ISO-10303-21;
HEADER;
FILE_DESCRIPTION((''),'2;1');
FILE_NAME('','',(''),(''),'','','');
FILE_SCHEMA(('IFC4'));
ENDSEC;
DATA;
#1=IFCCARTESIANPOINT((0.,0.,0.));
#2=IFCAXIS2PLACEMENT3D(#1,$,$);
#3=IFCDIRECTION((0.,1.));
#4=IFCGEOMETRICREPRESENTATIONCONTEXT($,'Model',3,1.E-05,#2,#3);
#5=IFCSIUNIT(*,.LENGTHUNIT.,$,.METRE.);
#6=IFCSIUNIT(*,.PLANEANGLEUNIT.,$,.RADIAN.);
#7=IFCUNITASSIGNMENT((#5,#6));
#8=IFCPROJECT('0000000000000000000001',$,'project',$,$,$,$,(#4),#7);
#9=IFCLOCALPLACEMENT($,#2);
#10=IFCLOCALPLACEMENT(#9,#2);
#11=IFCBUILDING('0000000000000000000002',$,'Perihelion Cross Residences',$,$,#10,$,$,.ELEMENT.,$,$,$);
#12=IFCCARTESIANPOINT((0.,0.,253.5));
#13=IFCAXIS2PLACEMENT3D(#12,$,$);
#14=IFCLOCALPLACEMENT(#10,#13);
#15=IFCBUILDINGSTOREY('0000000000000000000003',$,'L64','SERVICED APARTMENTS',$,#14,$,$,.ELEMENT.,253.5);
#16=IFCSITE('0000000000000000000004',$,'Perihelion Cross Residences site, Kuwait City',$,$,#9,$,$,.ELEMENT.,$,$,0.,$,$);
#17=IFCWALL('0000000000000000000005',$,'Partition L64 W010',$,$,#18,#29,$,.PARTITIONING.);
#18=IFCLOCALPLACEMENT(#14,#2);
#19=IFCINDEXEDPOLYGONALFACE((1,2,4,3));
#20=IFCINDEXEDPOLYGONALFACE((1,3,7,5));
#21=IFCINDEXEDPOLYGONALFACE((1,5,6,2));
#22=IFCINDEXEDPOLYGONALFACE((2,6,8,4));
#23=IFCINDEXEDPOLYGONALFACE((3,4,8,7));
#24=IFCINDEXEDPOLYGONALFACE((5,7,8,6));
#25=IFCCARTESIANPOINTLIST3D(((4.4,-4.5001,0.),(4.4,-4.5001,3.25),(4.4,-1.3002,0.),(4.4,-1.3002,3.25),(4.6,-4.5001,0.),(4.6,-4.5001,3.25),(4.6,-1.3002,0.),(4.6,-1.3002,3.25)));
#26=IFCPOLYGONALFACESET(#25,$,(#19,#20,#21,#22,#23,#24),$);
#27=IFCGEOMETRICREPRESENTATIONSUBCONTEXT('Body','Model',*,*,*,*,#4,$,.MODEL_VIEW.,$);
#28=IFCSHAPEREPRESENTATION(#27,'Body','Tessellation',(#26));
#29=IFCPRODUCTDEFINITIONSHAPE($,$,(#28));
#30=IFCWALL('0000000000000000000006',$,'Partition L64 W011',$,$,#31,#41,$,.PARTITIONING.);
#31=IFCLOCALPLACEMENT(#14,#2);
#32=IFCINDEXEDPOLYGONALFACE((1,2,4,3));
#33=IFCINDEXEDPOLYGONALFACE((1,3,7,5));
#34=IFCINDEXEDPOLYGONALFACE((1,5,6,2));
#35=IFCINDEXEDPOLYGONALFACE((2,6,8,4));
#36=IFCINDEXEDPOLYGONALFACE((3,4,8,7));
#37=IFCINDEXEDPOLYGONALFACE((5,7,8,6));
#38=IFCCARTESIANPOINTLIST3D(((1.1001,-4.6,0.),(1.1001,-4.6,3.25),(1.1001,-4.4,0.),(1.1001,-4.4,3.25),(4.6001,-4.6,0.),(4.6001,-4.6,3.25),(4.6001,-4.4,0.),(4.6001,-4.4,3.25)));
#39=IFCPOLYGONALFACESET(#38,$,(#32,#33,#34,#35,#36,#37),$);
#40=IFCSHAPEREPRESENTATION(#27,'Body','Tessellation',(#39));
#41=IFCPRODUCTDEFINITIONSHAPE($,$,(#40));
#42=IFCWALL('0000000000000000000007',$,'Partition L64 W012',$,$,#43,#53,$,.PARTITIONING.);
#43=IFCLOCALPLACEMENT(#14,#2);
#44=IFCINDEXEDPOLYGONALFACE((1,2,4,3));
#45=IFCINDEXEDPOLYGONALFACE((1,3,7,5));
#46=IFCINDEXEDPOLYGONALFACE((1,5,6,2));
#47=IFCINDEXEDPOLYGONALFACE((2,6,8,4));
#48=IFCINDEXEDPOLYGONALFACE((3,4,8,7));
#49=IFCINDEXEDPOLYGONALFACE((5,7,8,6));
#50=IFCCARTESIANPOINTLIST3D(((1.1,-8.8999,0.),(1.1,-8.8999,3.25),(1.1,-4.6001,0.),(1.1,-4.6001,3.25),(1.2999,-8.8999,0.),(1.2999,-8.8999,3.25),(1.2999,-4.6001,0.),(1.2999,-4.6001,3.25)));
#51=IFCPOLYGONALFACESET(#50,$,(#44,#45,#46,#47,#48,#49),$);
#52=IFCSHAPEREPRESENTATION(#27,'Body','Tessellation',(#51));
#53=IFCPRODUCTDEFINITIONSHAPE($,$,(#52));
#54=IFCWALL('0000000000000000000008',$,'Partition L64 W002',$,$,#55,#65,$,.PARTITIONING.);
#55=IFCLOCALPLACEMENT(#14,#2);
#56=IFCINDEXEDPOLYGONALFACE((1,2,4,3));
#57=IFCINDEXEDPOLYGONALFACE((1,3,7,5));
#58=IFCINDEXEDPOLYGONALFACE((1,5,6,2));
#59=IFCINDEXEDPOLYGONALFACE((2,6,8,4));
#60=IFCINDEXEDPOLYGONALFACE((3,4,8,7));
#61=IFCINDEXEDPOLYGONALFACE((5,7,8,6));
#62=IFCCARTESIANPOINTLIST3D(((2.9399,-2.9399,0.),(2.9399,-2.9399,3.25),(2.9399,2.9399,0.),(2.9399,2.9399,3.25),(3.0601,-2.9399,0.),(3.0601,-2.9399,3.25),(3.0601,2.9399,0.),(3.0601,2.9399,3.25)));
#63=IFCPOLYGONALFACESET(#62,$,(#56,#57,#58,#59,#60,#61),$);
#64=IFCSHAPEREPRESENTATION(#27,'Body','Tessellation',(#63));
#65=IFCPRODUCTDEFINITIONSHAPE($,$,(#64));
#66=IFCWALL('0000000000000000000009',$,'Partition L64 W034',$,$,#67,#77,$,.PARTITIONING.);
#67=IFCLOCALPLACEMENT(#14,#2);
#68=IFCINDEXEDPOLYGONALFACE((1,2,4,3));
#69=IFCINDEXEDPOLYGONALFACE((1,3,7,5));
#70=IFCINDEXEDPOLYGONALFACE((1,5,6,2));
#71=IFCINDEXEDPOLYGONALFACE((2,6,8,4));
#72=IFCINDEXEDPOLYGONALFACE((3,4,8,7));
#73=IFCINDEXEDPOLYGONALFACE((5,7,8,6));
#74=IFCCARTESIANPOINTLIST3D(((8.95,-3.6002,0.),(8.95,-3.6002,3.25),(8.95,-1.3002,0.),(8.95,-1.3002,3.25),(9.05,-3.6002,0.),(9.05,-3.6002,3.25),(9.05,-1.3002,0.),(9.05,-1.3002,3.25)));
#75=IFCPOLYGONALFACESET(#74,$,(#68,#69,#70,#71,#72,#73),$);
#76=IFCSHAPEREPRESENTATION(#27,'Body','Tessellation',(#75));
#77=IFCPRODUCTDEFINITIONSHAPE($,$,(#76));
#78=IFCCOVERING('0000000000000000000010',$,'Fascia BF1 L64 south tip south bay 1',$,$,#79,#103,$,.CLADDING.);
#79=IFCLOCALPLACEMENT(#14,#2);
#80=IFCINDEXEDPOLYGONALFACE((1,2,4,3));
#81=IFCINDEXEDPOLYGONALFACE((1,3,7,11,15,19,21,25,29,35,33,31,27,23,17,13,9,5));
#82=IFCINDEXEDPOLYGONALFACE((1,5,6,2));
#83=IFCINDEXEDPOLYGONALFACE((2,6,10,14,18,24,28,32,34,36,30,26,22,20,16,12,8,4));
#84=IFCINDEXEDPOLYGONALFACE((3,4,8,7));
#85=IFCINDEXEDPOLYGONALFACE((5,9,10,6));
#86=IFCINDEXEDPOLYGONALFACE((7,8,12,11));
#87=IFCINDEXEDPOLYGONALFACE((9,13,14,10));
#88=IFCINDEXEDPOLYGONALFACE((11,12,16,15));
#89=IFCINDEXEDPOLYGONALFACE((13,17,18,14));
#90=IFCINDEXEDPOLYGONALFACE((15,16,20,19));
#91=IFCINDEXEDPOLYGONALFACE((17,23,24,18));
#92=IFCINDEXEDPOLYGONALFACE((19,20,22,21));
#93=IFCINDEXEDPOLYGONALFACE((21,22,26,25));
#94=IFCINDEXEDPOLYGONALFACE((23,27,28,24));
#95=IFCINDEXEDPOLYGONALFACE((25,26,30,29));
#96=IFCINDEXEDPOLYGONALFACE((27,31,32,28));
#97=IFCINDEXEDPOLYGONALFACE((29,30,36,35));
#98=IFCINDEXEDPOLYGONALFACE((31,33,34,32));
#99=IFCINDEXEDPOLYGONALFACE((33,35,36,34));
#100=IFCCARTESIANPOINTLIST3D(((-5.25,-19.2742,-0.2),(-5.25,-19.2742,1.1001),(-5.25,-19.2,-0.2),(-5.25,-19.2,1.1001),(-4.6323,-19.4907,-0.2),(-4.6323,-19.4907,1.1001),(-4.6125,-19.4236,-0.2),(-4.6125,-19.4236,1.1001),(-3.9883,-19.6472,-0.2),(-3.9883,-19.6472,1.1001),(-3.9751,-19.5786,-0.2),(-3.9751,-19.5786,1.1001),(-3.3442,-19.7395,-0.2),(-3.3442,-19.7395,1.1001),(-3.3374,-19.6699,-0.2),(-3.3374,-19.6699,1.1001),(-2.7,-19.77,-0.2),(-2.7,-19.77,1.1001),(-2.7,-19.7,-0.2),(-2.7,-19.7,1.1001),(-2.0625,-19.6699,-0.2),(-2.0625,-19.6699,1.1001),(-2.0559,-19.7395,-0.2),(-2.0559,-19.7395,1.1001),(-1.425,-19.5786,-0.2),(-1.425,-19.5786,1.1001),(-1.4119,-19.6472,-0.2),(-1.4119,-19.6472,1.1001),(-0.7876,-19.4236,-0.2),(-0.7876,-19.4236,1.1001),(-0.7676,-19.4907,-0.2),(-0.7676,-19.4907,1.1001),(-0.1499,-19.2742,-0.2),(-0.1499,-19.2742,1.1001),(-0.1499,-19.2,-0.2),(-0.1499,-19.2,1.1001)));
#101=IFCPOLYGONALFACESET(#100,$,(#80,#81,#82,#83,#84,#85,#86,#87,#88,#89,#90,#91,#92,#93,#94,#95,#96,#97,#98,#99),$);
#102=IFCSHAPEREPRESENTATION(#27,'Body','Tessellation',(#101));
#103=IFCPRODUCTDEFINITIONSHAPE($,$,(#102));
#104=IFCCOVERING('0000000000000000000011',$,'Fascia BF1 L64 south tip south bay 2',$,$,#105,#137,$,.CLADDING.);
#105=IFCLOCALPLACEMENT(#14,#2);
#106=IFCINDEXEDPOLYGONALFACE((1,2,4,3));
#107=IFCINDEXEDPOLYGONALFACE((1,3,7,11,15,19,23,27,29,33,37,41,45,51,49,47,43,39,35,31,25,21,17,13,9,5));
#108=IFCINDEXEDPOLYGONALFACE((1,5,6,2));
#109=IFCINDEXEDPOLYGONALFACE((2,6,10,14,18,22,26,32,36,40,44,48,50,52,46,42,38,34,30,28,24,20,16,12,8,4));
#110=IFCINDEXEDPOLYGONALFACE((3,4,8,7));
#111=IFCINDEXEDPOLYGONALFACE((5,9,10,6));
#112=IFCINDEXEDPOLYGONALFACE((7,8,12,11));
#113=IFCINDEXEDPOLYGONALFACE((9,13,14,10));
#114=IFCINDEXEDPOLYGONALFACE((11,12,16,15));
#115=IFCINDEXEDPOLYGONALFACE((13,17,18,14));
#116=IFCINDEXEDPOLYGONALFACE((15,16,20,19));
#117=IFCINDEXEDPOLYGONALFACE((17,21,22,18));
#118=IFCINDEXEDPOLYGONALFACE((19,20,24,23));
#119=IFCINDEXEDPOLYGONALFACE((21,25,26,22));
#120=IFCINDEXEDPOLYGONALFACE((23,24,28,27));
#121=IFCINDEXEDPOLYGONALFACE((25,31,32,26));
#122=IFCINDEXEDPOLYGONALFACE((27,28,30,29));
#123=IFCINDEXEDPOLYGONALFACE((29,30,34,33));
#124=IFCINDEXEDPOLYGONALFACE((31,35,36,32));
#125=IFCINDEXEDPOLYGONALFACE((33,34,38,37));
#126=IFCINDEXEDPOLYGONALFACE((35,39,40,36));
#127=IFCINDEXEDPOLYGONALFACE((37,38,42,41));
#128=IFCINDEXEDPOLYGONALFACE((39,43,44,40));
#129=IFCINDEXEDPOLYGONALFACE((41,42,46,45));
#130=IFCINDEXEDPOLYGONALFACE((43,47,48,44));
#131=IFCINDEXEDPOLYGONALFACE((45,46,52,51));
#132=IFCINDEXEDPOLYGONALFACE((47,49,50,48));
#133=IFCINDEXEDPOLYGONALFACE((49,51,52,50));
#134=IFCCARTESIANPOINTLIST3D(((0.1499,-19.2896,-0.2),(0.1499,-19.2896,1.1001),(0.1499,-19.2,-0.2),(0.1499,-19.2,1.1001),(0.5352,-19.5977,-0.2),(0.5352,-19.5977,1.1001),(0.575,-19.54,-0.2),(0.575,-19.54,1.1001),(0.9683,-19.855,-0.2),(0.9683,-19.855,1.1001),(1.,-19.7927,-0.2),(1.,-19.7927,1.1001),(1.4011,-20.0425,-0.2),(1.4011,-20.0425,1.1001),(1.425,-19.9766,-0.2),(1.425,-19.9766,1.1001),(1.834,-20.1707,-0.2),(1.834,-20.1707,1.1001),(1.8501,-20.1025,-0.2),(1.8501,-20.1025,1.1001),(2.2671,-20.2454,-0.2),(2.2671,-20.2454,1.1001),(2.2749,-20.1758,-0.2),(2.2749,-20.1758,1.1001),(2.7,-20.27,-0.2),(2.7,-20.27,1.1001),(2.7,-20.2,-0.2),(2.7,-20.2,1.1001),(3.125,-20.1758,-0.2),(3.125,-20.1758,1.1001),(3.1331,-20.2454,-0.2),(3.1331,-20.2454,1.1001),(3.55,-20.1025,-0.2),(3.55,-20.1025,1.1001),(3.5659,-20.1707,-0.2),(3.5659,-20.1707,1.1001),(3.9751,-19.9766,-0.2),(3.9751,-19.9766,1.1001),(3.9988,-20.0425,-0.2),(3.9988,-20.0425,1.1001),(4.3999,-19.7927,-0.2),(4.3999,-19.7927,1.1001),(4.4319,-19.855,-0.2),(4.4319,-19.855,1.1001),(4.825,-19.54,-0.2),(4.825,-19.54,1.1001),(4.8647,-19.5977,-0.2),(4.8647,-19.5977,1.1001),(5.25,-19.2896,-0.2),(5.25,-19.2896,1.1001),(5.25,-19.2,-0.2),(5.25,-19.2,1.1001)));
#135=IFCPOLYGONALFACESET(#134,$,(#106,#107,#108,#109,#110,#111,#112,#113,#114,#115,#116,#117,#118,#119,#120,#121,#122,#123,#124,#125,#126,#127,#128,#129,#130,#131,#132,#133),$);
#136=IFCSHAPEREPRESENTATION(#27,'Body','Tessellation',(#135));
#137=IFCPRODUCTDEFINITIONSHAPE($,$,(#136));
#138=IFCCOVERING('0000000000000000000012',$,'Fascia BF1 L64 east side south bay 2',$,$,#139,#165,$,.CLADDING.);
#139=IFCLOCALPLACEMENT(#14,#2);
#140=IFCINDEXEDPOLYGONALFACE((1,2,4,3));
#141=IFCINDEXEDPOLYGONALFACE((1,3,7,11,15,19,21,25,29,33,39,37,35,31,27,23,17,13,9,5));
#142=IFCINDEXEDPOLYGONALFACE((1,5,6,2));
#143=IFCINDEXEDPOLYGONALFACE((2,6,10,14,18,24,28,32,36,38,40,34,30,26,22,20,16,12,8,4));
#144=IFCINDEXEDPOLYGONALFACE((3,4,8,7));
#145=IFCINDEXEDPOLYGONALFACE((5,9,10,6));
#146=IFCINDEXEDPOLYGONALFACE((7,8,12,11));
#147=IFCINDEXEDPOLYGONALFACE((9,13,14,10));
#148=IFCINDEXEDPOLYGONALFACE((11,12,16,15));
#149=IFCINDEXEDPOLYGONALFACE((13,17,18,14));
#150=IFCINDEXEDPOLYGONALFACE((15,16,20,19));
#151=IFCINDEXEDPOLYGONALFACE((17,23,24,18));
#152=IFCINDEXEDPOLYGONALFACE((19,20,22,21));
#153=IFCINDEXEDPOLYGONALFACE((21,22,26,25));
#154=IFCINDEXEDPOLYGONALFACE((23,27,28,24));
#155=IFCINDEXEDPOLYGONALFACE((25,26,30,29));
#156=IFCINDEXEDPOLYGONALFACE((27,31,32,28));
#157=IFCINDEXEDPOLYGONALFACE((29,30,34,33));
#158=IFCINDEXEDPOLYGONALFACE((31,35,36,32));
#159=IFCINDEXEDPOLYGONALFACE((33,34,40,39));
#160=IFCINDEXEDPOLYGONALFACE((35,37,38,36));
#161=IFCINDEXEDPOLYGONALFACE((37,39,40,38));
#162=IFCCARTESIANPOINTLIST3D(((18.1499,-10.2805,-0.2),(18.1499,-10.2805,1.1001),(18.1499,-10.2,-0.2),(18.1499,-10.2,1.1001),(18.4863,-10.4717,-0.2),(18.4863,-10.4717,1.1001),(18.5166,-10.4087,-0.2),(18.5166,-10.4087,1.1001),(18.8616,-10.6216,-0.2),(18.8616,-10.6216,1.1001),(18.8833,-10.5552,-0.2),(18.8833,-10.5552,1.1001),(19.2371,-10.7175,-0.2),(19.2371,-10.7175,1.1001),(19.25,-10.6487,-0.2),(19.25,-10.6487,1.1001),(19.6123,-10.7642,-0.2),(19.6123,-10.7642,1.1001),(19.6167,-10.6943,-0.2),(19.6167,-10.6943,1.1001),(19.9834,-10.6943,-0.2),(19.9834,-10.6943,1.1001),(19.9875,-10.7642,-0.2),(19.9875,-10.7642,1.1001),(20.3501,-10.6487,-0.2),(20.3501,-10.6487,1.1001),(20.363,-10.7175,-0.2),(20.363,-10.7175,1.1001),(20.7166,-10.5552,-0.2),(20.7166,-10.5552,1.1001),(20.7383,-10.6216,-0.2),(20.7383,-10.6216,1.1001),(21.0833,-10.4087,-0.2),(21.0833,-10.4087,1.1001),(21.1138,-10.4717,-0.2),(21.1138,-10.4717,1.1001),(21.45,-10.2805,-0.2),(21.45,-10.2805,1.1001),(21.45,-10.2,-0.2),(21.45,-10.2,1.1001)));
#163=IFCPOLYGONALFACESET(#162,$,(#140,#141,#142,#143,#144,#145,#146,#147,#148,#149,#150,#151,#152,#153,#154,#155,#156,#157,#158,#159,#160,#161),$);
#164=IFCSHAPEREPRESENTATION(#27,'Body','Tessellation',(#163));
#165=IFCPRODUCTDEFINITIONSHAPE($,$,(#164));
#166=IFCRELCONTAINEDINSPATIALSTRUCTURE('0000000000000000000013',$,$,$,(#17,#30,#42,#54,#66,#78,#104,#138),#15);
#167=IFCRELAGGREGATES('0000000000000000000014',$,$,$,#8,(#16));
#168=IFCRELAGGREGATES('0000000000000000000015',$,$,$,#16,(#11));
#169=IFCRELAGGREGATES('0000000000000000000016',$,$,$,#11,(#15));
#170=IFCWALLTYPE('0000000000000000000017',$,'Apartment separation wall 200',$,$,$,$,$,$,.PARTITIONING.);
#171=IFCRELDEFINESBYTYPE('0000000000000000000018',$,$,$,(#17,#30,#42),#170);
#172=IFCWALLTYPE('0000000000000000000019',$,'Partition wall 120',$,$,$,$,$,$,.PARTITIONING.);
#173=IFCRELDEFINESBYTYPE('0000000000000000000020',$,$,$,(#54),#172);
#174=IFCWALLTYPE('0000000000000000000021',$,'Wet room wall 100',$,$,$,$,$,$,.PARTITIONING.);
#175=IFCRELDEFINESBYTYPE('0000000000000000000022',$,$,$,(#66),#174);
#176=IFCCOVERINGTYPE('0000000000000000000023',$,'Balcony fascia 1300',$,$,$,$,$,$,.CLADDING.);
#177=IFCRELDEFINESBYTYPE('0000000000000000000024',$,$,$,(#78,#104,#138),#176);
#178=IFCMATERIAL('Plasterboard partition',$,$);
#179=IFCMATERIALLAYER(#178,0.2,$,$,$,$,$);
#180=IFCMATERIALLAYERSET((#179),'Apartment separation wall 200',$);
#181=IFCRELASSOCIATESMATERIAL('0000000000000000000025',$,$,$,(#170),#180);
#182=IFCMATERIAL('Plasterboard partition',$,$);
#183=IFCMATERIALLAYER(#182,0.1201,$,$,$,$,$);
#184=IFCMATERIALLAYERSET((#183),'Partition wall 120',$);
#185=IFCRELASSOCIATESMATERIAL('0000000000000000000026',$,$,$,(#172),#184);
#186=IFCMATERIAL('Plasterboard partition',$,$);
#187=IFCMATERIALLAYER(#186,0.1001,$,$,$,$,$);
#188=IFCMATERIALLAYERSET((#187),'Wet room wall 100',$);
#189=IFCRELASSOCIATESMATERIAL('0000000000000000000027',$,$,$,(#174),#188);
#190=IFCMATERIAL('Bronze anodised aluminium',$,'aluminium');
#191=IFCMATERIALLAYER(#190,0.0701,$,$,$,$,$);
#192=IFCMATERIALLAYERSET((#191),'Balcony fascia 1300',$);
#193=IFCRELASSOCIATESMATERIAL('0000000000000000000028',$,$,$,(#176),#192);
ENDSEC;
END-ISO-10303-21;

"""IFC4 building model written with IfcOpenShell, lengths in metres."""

from ifc_helpers import new_model, si_unit, direction, frame, frame_2d, origin, place, context, subcontext, project, spatial, polyline, rectangle, outline, extrude, material, layer, layer_set, type_object, element, save


model = new_model("IFC4")

# Units and contexts
model_context = context("Model", 3, precision=1e-05, world=origin(), true_north=direction((0.0, 1.0)))
body_context = subcontext(model_context, "Body", "Model", "MODEL_VIEW")
ifc_project = project(units=[si_unit("LENGTHUNIT", "METRE"), si_unit("PLANEANGLEUNIT", "RADIAN")], contexts=[model_context])

# Site, building, storey
site_placement = place(None, origin())
site = spatial("IfcSite", under=ifc_project, at=site_placement, Name="Perihelion Cross Residences site, Kuwait City", CompositionType="ELEMENT", RefElevation=0.0)
building_placement = place(site_placement, origin())
building = spatial("IfcBuilding", under=site, at=building_placement, Name="Perihelion Cross Residences", CompositionType="ELEMENT")
storey_placement = place(building_placement, frame((0.0, 0.0, 253.5)))
storey = spatial("IfcBuildingStorey", under=building, at=storey_placement, Name="L64", Description="SERVICED APARTMENTS", CompositionType="ELEMENT", Elevation=253.5)

# Walls
ifc_material_1 = material(Name="Plasterboard partition")
ifc_layer_1 = layer(ifc_material_1, 0.2)
ifc_layer_set_1 = layer_set([ifc_layer_1], Name="Apartment separation wall 200")
wall_type_1 = type_object("IfcWallType", Name="Apartment separation wall 200", PredefinedType="PARTITIONING", material=ifc_layer_set_1)
wall_1_placement = place(storey_placement, frame((4.5, -1.3, 0.0), z_axis=(0.0, 0.0, 1.0), x_axis=(0.0, -1.0, 0.0)))
element("IfcWall", 1, at=wall_1_placement, inside=storey, type_object=wall_type_1, Name="Partition L64 W010", PredefinedType="PARTITIONING", context=body_context, shape_type="SweptSolid", body=[
    extrude(rectangle(XDim=3.2, YDim=0.2, at=frame_2d((1.6001, 0.0))), origin(), (0.0, 0.0, 1.0), 3.25),
])
wall_2_placement = place(storey_placement, frame((4.6001, -4.5, 0.0), z_axis=(0.0, 0.0, 1.0), x_axis=(-1.0, 0.0, 0.0)))
element("IfcWall", 2, at=wall_2_placement, inside=storey, type_object=wall_type_1, Name="Partition L64 W011", PredefinedType="PARTITIONING", context=body_context, shape_type="SweptSolid", body=[
    extrude(rectangle(XDim=3.5, YDim=0.2, at=frame_2d((1.75, 0.0))), origin(), (0.0, 0.0, 1.0), 3.25),
])
wall_3_placement = place(storey_placement, frame((1.2, -4.6001, 0.0), z_axis=(0.0, 0.0, 1.0), x_axis=(0.0, -1.0, 0.0)))
element("IfcWall", 3, at=wall_3_placement, inside=storey, type_object=wall_type_1, Name="Partition L64 W012", PredefinedType="PARTITIONING", context=body_context, shape_type="SweptSolid", body=[
    extrude(rectangle(XDim=4.2998, YDim=0.2, at=frame_2d((2.1499, 0.0))), origin(), (0.0, 0.0, 1.0), 3.25),
])
ifc_material_2 = material(Name="Plasterboard partition")
ifc_layer_2 = layer(ifc_material_2, 0.1201)
ifc_layer_set_2 = layer_set([ifc_layer_2], Name="Partition wall 120")
wall_type_2 = type_object("IfcWallType", Name="Partition wall 120", PredefinedType="PARTITIONING", material=ifc_layer_set_2)
wall_4_placement = place(storey_placement, frame((3.0, -2.9399, 0.0), z_axis=(0.0, 0.0, 1.0), x_axis=(0.0, 1.0, 0.0)))
element("IfcWall", 4, at=wall_4_placement, inside=storey, type_object=wall_type_2, Name="Partition L64 W002", PredefinedType="PARTITIONING", context=body_context, shape_type="SweptSolid", body=[
    extrude(rectangle(XDim=5.8799, YDim=0.1201, at=frame_2d((2.9399, 0.0))), origin(), (0.0, 0.0, 1.0), 3.25),
])
ifc_material_3 = material(Name="Plasterboard partition")
ifc_layer_3 = layer(ifc_material_3, 0.1001)
ifc_layer_set_3 = layer_set([ifc_layer_3], Name="Wet room wall 100")
wall_type_3 = type_object("IfcWallType", Name="Wet room wall 100", PredefinedType="PARTITIONING", material=ifc_layer_set_3)
wall_5_placement = place(storey_placement, frame((9.0, -3.6001, 0.0), z_axis=(0.0, 0.0, 1.0), x_axis=(0.0, 1.0, 0.0)))
element("IfcWall", 5, at=wall_5_placement, inside=storey, type_object=wall_type_3, Name="Partition L64 W034", PredefinedType="PARTITIONING", context=body_context, shape_type="SweptSolid", body=[
    extrude(rectangle(XDim=2.3, YDim=0.1001, at=frame_2d((1.1499, 0.0))), origin(), (0.0, 0.0, 1.0), 3.25),
])

# Coverings
ifc_material_4 = material(Name="Bronze anodised aluminium", Category="aluminium")
ifc_layer_4 = layer(ifc_material_4, 0.0701)
ifc_layer_set_4 = layer_set([ifc_layer_4], Name="Balcony fascia 1300")
covering_type = type_object("IfcCoveringType", Name="Balcony fascia 1300", PredefinedType="CLADDING", material=ifc_layer_set_4)
covering_1_placement = place(storey_placement, frame((0.0, 0.0, -0.2)))
element("IfcCovering", 6, at=covering_1_placement, inside=storey, type_object=covering_type, Name="Fascia BF1 L64 south tip south bay 1", PredefinedType="CLADDING", context=body_context, shape_type="SweptSolid", body=[
    extrude(outline(polyline([(-4.6323, -19.4907), (-3.9883, -19.6472), (-3.3442, -19.7395), (-2.7, -19.77), (-2.0559, -19.7395), (-1.4119, -19.6472), (-0.7676, -19.4907), (-0.1499, -19.2742), (-0.1499, -19.2), (-0.7876, -19.4236), (-1.425, -19.5786), (-2.0625, -19.6699), (-2.7, -19.7), (-3.3374, -19.6699), (-3.9751, -19.5786), (-4.6125, -19.4236), (-5.25, -19.2), (-5.25, -19.2742), (-4.6323, -19.4907)])), origin(), (0.0, 0.0, 1.0), 1.3),
])
covering_2_placement = place(storey_placement, frame((0.0, 0.0, -0.2)))
element("IfcCovering", 7, at=covering_2_placement, inside=storey, type_object=covering_type, Name="Fascia BF1 L64 south tip south bay 2", PredefinedType="CLADDING", context=body_context, shape_type="SweptSolid", body=[
    extrude(outline(polyline([(0.5352, -19.5977), (0.9683, -19.855), (1.4011, -20.0425), (1.834, -20.1707), (2.2671, -20.2454), (2.7, -20.27), (3.1331, -20.2454), (3.5659, -20.1707), (3.9988, -20.0425), (4.4319, -19.855), (4.8647, -19.5977), (5.25, -19.2896), (5.25, -19.2), (4.825, -19.54), (4.3999, -19.7927), (3.9751, -19.9766), (3.55, -20.1025), (3.125, -20.1758), (2.7, -20.2), (2.2749, -20.1758), (1.8501, -20.1025), (1.425, -19.9766), (1.0, -19.7927), (0.575, -19.54), (0.1499, -19.2), (0.1499, -19.2896), (0.5352, -19.5977)])), origin(), (0.0, 0.0, 1.0), 1.3),
])
covering_3_placement = place(storey_placement, frame((0.0, 0.0, -0.2)))
element("IfcCovering", 8, at=covering_3_placement, inside=storey, type_object=covering_type, Name="Fascia BF1 L64 east side south bay 2", PredefinedType="CLADDING", context=body_context, shape_type="SweptSolid", body=[
    extrude(outline(polyline([(18.4863, -10.4717), (18.8616, -10.6216), (19.2371, -10.7175), (19.6123, -10.7642), (19.9875, -10.7642), (20.363, -10.7175), (20.7383, -10.6216), (21.1138, -10.4717), (21.45, -10.2805), (21.45, -10.2), (21.0833, -10.4087), (20.7166, -10.5552), (20.3501, -10.6487), (19.9834, -10.6943), (19.6167, -10.6943), (19.25, -10.6487), (18.8833, -10.5552), (18.5166, -10.4087), (18.1499, -10.2), (18.1499, -10.2805), (18.4863, -10.4717)])), origin(), (0.0, 0.0, 1.0), 1.3),
])

save(model, "model.ifc")
